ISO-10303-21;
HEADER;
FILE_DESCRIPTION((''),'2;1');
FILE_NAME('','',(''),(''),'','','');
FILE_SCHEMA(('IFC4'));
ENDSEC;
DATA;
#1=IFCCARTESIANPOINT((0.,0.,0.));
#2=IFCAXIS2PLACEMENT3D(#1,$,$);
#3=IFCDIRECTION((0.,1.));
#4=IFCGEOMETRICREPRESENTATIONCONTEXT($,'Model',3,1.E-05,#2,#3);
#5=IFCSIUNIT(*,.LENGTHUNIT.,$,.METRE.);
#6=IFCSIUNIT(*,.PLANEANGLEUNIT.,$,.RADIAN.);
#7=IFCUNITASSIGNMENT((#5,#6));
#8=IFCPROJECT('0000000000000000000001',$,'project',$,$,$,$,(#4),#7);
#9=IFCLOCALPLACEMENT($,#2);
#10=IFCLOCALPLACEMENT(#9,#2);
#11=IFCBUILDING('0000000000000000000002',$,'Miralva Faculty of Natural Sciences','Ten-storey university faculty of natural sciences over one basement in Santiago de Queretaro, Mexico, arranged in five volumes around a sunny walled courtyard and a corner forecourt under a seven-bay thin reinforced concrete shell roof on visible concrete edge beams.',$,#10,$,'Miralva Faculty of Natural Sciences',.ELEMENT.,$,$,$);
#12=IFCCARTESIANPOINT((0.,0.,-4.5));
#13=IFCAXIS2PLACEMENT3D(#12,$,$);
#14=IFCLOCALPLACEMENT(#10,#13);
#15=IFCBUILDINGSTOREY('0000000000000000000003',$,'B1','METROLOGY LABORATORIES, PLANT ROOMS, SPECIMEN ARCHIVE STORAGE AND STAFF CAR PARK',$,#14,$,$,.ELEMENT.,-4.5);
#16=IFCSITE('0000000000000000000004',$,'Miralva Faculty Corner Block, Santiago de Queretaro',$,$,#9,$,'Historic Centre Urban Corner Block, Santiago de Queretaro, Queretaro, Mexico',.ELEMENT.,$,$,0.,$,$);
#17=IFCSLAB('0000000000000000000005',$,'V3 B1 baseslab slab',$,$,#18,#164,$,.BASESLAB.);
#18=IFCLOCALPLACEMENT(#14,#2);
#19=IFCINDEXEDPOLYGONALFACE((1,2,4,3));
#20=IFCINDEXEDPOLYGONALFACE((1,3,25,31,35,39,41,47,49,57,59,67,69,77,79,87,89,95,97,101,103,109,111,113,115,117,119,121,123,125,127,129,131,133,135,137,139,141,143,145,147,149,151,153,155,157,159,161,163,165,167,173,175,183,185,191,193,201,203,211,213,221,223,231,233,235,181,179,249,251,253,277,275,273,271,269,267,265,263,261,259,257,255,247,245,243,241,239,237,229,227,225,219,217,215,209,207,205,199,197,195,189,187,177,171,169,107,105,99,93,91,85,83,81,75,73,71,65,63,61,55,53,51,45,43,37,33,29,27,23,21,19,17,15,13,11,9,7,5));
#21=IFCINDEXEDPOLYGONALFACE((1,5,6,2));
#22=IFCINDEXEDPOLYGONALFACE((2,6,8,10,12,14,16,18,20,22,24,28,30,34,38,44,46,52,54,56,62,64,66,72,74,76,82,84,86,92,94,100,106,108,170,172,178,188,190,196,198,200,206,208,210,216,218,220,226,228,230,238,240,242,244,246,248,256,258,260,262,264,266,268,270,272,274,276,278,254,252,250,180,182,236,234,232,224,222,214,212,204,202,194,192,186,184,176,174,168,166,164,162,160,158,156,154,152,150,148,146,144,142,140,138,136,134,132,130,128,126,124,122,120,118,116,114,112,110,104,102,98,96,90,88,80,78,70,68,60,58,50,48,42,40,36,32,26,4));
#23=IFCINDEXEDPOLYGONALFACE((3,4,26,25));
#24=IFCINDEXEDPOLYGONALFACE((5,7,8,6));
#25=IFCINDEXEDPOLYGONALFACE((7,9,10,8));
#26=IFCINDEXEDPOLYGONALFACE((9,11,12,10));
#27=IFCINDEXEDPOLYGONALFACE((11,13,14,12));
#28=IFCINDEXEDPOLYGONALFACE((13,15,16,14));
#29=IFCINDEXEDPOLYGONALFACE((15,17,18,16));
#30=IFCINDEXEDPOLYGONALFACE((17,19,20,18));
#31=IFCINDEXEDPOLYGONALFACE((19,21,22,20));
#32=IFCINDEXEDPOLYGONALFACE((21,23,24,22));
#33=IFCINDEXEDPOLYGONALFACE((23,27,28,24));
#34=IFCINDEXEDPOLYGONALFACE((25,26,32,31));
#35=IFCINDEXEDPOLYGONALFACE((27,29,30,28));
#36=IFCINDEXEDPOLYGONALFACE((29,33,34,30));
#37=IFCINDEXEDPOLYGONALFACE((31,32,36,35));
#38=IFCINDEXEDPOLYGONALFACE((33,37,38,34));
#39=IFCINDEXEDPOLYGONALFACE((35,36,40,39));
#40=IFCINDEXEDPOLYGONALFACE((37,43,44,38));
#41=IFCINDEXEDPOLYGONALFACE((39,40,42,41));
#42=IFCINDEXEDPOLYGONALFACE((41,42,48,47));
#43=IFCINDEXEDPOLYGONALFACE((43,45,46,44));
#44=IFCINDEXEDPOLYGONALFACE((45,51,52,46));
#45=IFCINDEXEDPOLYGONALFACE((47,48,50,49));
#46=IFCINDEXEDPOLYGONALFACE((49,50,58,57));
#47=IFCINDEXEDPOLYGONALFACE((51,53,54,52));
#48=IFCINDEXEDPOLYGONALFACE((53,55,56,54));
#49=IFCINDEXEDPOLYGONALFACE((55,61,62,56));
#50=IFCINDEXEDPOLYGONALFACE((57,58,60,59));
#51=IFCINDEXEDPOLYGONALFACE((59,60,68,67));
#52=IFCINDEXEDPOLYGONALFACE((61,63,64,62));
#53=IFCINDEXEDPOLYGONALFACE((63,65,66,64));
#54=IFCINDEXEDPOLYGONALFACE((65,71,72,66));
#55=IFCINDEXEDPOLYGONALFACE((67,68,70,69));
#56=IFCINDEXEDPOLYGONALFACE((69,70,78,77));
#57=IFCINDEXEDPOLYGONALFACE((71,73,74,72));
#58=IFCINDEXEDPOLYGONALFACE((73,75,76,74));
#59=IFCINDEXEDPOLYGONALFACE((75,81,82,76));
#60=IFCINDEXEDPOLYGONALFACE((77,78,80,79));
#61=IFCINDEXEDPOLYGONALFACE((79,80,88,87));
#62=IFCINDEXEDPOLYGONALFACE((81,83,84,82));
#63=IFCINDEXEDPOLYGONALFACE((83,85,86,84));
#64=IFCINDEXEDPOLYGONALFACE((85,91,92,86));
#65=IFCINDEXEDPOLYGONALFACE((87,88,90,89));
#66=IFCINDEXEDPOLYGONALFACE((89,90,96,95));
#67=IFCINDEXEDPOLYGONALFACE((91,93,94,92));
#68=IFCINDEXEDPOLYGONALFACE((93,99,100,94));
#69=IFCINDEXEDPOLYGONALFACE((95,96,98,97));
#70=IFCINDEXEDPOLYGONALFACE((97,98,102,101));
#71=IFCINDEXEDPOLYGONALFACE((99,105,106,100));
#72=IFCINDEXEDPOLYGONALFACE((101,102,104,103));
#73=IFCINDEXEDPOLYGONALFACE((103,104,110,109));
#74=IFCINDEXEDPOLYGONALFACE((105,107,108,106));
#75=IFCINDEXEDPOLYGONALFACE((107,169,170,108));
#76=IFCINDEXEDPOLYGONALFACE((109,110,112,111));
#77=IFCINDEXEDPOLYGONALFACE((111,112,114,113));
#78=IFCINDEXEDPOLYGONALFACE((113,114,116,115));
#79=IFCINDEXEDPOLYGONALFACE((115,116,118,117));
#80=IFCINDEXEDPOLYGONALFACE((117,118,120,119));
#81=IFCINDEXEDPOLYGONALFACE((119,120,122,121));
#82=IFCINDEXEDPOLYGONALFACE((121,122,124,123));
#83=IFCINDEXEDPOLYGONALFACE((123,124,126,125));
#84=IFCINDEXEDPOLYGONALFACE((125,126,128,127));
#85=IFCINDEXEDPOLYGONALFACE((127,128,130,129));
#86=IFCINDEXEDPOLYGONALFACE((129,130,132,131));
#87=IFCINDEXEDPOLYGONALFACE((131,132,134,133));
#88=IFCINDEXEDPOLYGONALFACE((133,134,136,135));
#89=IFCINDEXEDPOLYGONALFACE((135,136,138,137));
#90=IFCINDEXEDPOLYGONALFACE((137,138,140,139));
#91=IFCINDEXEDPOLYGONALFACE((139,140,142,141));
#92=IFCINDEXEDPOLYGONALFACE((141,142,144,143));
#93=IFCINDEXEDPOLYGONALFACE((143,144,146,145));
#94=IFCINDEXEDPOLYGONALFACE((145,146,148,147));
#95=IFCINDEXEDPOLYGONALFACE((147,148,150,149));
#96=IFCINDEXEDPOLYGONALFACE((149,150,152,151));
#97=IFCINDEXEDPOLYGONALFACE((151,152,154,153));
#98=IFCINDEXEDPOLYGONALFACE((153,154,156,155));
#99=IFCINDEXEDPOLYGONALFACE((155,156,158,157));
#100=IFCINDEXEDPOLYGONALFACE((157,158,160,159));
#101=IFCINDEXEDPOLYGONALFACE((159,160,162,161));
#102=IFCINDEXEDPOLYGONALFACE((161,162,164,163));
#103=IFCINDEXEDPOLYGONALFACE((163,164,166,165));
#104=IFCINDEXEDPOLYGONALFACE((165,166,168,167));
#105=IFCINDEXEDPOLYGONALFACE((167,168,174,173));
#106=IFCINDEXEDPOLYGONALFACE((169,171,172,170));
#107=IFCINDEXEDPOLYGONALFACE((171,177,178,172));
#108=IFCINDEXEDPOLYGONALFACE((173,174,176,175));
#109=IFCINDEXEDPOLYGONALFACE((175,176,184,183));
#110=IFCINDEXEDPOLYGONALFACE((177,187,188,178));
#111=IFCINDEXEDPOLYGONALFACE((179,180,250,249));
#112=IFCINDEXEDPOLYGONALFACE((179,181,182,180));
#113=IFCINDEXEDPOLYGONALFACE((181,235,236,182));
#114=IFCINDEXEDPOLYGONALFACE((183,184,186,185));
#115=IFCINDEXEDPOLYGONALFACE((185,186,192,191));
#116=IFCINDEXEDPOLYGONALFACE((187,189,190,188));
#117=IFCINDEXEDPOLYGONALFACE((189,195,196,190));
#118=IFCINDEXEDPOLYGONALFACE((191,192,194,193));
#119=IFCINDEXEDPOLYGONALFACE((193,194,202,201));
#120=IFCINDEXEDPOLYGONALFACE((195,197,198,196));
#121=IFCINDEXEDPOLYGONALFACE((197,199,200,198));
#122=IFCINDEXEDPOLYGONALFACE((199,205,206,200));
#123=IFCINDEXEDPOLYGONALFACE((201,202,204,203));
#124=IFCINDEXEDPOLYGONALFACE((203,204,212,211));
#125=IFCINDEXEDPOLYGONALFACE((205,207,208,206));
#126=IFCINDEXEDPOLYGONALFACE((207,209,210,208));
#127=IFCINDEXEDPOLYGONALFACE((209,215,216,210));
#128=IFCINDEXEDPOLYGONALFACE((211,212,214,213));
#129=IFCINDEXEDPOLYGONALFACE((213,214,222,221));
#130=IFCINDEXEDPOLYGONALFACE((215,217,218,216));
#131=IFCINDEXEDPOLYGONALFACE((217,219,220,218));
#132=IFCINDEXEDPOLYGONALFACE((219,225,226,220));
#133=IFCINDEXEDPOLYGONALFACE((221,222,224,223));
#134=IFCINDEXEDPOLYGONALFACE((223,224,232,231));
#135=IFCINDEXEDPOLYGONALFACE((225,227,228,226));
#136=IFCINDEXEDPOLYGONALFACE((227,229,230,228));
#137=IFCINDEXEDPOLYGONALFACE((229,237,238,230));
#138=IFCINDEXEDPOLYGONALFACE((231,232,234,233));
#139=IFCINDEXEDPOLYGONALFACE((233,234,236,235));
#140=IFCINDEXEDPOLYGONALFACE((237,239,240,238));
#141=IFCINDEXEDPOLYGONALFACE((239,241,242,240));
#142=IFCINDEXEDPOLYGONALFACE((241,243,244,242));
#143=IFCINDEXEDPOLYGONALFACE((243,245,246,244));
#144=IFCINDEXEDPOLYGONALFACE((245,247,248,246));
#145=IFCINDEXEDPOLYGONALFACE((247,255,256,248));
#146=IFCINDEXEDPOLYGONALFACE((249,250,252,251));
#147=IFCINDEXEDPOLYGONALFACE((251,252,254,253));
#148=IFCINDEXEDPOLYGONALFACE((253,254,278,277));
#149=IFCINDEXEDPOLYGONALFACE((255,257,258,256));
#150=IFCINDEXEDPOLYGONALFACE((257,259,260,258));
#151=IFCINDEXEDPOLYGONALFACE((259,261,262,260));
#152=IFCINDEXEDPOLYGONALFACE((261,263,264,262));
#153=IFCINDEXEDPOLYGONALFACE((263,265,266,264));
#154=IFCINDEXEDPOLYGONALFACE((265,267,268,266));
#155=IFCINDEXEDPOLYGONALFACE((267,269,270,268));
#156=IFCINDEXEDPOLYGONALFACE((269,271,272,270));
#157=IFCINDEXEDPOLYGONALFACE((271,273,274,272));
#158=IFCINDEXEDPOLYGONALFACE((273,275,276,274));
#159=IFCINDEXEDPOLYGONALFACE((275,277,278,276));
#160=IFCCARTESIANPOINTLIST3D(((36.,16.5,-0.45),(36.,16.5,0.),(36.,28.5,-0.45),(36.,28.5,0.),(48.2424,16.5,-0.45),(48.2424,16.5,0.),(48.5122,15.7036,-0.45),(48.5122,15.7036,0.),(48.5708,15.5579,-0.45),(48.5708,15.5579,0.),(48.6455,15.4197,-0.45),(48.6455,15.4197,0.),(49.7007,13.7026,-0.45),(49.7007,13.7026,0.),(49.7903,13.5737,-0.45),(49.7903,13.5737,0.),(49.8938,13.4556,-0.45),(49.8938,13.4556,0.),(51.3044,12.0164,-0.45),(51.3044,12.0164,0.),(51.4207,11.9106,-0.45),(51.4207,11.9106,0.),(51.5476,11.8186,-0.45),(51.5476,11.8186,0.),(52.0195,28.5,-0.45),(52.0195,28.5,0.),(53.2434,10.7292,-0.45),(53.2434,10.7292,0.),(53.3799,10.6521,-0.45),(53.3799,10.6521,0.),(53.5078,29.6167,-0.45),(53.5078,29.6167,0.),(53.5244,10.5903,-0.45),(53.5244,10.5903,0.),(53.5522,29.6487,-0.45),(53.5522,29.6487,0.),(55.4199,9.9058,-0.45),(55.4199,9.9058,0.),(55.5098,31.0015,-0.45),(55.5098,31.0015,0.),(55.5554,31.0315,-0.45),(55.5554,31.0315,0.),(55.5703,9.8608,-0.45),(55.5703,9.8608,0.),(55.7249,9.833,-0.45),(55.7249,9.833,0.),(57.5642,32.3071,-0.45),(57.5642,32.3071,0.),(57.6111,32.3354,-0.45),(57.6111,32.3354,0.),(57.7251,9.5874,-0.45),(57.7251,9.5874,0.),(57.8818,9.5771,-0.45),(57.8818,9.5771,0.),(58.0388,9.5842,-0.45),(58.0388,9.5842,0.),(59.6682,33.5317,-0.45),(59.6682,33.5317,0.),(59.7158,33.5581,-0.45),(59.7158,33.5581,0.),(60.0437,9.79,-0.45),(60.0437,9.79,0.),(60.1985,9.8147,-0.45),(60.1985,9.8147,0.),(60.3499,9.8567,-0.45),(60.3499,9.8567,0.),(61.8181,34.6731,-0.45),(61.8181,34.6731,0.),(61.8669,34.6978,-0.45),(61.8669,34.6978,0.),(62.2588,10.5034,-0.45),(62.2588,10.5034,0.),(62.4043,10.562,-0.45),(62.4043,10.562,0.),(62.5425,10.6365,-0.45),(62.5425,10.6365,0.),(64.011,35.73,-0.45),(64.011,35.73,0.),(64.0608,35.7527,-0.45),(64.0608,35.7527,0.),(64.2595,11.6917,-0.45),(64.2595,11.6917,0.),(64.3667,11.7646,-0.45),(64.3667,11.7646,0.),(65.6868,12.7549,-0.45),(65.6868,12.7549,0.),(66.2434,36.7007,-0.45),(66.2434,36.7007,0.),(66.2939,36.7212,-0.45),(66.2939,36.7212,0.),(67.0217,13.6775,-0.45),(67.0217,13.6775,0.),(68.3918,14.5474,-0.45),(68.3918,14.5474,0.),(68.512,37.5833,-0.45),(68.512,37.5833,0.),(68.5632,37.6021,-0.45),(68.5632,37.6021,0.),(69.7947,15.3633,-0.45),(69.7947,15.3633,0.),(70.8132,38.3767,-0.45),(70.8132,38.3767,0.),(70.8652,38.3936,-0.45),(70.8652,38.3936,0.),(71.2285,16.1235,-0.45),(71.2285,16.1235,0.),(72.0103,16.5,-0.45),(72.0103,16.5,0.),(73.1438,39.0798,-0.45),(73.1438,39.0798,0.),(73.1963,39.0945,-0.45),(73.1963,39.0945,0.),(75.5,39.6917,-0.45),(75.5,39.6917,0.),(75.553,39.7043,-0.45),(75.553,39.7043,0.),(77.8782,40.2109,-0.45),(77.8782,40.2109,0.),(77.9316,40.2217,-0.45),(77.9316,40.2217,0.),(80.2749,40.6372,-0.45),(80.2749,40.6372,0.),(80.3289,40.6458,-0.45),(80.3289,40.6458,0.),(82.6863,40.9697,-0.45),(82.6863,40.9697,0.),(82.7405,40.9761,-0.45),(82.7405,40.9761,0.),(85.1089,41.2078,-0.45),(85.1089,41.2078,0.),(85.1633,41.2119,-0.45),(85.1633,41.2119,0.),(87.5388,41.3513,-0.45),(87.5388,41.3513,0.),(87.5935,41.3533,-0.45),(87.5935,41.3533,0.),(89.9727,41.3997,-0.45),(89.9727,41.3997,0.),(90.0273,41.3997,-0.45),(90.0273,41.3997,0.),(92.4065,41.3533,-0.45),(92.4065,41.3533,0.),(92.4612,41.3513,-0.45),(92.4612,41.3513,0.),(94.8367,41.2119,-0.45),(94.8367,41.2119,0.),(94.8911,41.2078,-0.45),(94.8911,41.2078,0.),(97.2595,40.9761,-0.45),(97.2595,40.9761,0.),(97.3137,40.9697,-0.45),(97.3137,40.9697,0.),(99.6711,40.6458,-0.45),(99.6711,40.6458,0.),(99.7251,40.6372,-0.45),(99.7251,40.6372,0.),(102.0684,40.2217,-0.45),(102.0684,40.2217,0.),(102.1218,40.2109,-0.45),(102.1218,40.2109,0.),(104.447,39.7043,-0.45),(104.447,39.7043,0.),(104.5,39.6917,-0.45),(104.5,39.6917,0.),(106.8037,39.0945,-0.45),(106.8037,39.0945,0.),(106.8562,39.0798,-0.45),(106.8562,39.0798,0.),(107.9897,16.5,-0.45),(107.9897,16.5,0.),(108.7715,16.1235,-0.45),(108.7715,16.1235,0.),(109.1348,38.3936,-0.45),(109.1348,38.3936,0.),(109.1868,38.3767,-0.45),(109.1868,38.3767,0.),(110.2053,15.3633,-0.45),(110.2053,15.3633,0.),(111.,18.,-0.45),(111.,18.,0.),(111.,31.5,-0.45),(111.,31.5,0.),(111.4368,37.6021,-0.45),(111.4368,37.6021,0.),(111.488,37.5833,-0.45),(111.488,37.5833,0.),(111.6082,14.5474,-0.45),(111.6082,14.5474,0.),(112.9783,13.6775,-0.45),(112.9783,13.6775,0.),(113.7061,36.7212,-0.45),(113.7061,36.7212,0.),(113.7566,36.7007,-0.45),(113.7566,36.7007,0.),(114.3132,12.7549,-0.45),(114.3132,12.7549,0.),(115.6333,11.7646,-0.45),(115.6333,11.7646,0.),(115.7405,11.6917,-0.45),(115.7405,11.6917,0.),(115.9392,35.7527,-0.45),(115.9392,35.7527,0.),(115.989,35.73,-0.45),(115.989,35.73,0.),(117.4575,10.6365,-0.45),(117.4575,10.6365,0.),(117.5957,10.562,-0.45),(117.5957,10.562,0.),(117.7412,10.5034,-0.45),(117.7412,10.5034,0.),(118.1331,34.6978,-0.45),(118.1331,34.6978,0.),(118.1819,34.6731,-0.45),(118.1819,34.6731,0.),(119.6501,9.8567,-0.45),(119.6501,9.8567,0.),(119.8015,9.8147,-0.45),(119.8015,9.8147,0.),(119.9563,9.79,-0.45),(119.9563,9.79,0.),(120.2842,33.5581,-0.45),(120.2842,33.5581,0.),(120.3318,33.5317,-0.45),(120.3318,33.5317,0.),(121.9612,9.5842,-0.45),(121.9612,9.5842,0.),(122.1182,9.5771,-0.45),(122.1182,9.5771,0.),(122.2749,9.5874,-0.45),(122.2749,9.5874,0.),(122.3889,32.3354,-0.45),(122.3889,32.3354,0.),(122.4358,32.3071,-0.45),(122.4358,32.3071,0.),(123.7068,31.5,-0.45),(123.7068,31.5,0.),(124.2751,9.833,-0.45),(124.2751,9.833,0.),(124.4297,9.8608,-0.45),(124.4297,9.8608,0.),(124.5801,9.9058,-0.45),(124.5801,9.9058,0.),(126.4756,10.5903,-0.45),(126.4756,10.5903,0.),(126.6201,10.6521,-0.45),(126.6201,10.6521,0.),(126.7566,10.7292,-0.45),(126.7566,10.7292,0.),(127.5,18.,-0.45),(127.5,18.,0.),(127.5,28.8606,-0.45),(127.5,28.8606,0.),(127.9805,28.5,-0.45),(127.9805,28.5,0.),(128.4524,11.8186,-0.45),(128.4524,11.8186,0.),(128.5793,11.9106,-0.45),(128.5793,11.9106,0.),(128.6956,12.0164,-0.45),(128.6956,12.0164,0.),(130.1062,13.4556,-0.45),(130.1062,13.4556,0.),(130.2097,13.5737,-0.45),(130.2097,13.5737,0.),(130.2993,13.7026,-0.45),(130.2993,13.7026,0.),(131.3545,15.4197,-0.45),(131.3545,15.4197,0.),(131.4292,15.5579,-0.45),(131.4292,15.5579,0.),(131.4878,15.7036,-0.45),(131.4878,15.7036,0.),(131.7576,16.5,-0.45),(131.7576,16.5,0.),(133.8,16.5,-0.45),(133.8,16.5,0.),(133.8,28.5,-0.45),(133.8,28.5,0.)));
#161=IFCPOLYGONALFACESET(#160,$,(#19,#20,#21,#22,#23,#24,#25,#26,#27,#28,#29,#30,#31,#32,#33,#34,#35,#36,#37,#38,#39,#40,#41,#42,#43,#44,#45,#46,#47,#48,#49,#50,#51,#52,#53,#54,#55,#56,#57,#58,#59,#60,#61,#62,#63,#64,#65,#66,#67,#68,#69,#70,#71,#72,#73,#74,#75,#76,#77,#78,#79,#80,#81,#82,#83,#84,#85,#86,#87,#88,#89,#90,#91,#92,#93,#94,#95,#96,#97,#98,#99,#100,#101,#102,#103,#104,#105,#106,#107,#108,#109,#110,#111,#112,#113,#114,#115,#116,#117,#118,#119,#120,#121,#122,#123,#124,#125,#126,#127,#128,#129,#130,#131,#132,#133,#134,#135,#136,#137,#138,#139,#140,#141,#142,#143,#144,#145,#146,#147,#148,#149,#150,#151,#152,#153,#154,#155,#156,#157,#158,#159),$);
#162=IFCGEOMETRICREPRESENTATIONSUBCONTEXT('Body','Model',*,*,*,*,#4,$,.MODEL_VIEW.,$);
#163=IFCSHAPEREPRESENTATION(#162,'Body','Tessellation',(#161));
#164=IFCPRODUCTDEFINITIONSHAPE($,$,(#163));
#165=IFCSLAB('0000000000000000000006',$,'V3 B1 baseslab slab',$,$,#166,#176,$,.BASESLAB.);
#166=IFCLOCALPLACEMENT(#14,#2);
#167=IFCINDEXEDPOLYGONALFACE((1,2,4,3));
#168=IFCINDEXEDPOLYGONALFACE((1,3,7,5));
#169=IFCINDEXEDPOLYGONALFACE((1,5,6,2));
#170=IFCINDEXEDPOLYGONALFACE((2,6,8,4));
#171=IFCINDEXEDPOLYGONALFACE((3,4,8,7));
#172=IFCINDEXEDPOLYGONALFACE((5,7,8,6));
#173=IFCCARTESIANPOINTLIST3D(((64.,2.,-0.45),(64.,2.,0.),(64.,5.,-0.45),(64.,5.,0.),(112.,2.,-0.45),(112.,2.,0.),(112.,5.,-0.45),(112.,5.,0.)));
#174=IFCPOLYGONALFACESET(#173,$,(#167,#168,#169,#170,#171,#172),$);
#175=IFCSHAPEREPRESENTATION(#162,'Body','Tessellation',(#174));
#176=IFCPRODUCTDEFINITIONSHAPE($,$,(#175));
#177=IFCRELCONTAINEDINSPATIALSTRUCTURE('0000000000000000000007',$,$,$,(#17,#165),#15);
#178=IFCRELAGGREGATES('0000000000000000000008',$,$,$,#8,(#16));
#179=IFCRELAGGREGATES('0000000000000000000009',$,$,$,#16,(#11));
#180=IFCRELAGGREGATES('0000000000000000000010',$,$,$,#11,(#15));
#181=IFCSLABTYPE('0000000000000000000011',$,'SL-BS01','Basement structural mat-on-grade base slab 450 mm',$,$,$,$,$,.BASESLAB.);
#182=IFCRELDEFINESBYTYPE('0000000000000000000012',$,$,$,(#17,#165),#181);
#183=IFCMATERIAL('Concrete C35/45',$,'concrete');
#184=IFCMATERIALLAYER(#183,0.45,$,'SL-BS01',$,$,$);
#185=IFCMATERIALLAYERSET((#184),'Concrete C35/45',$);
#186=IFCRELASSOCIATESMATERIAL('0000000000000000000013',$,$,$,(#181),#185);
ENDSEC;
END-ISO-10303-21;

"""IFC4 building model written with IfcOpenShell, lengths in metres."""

from ifc_helpers import new_model, si_unit, direction, frame, origin, place, context, subcontext, project, spatial, polyline, outline, extrude, material, layer, layer_set, type_object, element, save


model = new_model("IFC4")

# Units and contexts
model_context = context("Model", 3, precision=1e-05, world=origin(), true_north=direction((0.0, 1.0)))
body_context = subcontext(model_context, "Body", "Model", "MODEL_VIEW")
ifc_project = project(units=[si_unit("LENGTHUNIT", "METRE"), si_unit("PLANEANGLEUNIT", "RADIAN")], contexts=[model_context])

# Site, building, storey
site_placement = place(None, origin())
site = spatial("IfcSite", under=ifc_project, at=site_placement, Name="Miralva Faculty Corner Block, Santiago de Queretaro", LongName="Historic Centre Urban Corner Block, Santiago de Queretaro, Queretaro, Mexico", CompositionType="ELEMENT", RefElevation=0.0)
building_placement = place(site_placement, origin())
building = spatial("IfcBuilding", under=site, at=building_placement, Name="Miralva Faculty of Natural Sciences", Description="Ten-storey university faculty of natural sciences over one basement in Santiago de Queretaro, Mexico, arranged in five volumes around a sunny walled courtyard and a corner forecourt under a seven-bay thin reinforced concrete shell roof on visible concrete edge beams.", LongName="Miralva Faculty of Natural Sciences", CompositionType="ELEMENT")
storey_placement = place(building_placement, frame((0.0, 0.0, -4.5)))
storey = spatial("IfcBuildingStorey", under=building, at=storey_placement, Name="B1", Description="METROLOGY LABORATORIES, PLANT ROOMS, SPECIMEN ARCHIVE STORAGE AND STAFF CAR PARK", CompositionType="ELEMENT", Elevation=-4.5)

# Shared definitions
ifc_material_1 = material(Name="Concrete C35/45", Category="concrete")

# Slabs
ifc_layer_1 = layer(ifc_material_1, 0.45, Name="SL-BS01")
ifc_layer_set_1 = layer_set([ifc_layer_1], Name="Concrete C35/45")
slab_type_1 = type_object("IfcSlabType", Name="SL-BS01", Description="Basement structural mat-on-grade base slab 450 mm", PredefinedType="BASESLAB", material=ifc_layer_set_1)
slab_1_placement = place(storey_placement, frame((0.0, 0.0, -0.45)))
element("IfcSlab", 1, at=slab_1_placement, inside=storey, type_object=slab_type_1, Name="V3 B1 baseslab slab", PredefinedType="BASESLAB", context=body_context, shape_type="SweptSolid", body=[
    extrude(outline(polyline([(131.4292, 15.5579), (131.3545, 15.4197), (130.2993, 13.7026), (130.2097, 13.5737), (130.1062, 13.4556), (128.6956, 12.0164), (128.5793, 11.9106), (128.4524, 11.8186), (126.7566, 10.7292), (126.6201, 10.6521), (126.4756, 10.5903), (124.5801, 9.9058), (124.4297, 9.8608), (124.2751, 9.833), (122.2749, 9.5874), (122.1182, 9.5771), (121.9612, 9.5842), (119.9563, 9.79), (119.8015, 9.8147), (119.6501, 9.8567), (117.7412, 10.5034), (117.5957, 10.562), (117.4575, 10.6365), (115.7405, 11.6917), (115.6333, 11.7646), (114.3132, 12.7549), (112.9783, 13.6775), (111.6082, 14.5474), (110.2053, 15.3633), (108.7715, 16.1235), (107.9897, 16.5), (72.0103, 16.5), (71.2285, 16.1235), (69.7947, 15.3633), (68.3918, 14.5474), (67.0217, 13.6775), (65.6868, 12.7549), (64.3667, 11.7646), (64.2595, 11.6917), (62.5425, 10.6365), (62.4043, 10.562), (62.2588, 10.5034), (60.3499, 9.8567), (60.1985, 9.8147), (60.0437, 9.79), (58.0388, 9.5842), (57.8818, 9.5771), (57.7251, 9.5874), (55.7249, 9.833), (55.5703, 9.8608), (55.4199, 9.9058), (53.5244, 10.5903), (53.3799, 10.6521), (53.2434, 10.7292), (51.5476, 11.8186), (51.4207, 11.9106), (51.3044, 12.0164), (49.8938, 13.4556), (49.7903, 13.5737), (49.7007, 13.7026), (48.6455, 15.4197), (48.5708, 15.5579), (48.5122, 15.7036), (48.2424, 16.5), (36.0, 16.5), (36.0, 28.5), (52.0195, 28.5), (53.5078, 29.6167), (53.5522, 29.6487), (55.5098, 31.0015), (55.5554, 31.0315), (57.5642, 32.3071), (57.6111, 32.3354), (59.6682, 33.5317), (59.7158, 33.5581), (61.8181, 34.6731), (61.8669, 34.6978), (64.011, 35.73), (64.0608, 35.7527), (66.2434, 36.7007), (66.2939, 36.7212), (68.512, 37.5833), (68.5632, 37.6021), (70.8132, 38.3767), (70.8652, 38.3936), (73.1438, 39.0798), (73.1963, 39.0945), (75.5, 39.6917), (75.553, 39.7043), (77.8782, 40.2109), (77.9316, 40.2217), (80.2749, 40.6372), (80.3289, 40.6458), (82.6863, 40.9697), (82.7405, 40.9761), (85.1089, 41.2078), (85.1633, 41.2119), (87.5388, 41.3513), (87.5935, 41.3533), (89.9727, 41.3997), (90.0273, 41.3997), (92.4065, 41.3533), (92.4612, 41.3513), (94.8367, 41.2119), (94.8911, 41.2078), (97.2595, 40.9761), (97.3137, 40.9697), (99.6711, 40.6458), (99.7251, 40.6372), (102.0684, 40.2217), (102.1218, 40.2109), (104.447, 39.7043), (104.5, 39.6917), (106.8037, 39.0945), (106.8562, 39.0798), (109.1348, 38.3936), (109.1868, 38.3767), (111.4368, 37.6021), (111.488, 37.5833), (113.7061, 36.7212), (113.7566, 36.7007), (115.9392, 35.7527), (115.989, 35.73), (118.1331, 34.6978), (118.1819, 34.6731), (120.2842, 33.5581), (120.3318, 33.5317), (122.3889, 32.3354), (122.4358, 32.3071), (123.7068, 31.5), (111.0, 31.5), (111.0, 18.0), (127.5, 18.0), (127.5, 28.8606), (127.9805, 28.5), (133.8, 28.5), (133.8, 16.5), (131.7576, 16.5), (131.4878, 15.7036), (131.4292, 15.5579)])), origin(), (0.0, 0.0, 1.0), 0.45),
])
slab_2_placement = place(storey_placement, frame((0.0, 0.0, -0.45)))
element("IfcSlab", 2, at=slab_2_placement, inside=storey, type_object=slab_type_1, Name="V3 B1 baseslab slab", PredefinedType="BASESLAB", context=body_context, shape_type="SweptSolid", body=[
    extrude(outline(polyline([(112.0, 2.0), (64.0, 2.0), (64.0, 5.0), (112.0, 5.0), (112.0, 2.0)])), origin(), (0.0, 0.0, 1.0), 0.45),
])

save(model, "model.ifc")
